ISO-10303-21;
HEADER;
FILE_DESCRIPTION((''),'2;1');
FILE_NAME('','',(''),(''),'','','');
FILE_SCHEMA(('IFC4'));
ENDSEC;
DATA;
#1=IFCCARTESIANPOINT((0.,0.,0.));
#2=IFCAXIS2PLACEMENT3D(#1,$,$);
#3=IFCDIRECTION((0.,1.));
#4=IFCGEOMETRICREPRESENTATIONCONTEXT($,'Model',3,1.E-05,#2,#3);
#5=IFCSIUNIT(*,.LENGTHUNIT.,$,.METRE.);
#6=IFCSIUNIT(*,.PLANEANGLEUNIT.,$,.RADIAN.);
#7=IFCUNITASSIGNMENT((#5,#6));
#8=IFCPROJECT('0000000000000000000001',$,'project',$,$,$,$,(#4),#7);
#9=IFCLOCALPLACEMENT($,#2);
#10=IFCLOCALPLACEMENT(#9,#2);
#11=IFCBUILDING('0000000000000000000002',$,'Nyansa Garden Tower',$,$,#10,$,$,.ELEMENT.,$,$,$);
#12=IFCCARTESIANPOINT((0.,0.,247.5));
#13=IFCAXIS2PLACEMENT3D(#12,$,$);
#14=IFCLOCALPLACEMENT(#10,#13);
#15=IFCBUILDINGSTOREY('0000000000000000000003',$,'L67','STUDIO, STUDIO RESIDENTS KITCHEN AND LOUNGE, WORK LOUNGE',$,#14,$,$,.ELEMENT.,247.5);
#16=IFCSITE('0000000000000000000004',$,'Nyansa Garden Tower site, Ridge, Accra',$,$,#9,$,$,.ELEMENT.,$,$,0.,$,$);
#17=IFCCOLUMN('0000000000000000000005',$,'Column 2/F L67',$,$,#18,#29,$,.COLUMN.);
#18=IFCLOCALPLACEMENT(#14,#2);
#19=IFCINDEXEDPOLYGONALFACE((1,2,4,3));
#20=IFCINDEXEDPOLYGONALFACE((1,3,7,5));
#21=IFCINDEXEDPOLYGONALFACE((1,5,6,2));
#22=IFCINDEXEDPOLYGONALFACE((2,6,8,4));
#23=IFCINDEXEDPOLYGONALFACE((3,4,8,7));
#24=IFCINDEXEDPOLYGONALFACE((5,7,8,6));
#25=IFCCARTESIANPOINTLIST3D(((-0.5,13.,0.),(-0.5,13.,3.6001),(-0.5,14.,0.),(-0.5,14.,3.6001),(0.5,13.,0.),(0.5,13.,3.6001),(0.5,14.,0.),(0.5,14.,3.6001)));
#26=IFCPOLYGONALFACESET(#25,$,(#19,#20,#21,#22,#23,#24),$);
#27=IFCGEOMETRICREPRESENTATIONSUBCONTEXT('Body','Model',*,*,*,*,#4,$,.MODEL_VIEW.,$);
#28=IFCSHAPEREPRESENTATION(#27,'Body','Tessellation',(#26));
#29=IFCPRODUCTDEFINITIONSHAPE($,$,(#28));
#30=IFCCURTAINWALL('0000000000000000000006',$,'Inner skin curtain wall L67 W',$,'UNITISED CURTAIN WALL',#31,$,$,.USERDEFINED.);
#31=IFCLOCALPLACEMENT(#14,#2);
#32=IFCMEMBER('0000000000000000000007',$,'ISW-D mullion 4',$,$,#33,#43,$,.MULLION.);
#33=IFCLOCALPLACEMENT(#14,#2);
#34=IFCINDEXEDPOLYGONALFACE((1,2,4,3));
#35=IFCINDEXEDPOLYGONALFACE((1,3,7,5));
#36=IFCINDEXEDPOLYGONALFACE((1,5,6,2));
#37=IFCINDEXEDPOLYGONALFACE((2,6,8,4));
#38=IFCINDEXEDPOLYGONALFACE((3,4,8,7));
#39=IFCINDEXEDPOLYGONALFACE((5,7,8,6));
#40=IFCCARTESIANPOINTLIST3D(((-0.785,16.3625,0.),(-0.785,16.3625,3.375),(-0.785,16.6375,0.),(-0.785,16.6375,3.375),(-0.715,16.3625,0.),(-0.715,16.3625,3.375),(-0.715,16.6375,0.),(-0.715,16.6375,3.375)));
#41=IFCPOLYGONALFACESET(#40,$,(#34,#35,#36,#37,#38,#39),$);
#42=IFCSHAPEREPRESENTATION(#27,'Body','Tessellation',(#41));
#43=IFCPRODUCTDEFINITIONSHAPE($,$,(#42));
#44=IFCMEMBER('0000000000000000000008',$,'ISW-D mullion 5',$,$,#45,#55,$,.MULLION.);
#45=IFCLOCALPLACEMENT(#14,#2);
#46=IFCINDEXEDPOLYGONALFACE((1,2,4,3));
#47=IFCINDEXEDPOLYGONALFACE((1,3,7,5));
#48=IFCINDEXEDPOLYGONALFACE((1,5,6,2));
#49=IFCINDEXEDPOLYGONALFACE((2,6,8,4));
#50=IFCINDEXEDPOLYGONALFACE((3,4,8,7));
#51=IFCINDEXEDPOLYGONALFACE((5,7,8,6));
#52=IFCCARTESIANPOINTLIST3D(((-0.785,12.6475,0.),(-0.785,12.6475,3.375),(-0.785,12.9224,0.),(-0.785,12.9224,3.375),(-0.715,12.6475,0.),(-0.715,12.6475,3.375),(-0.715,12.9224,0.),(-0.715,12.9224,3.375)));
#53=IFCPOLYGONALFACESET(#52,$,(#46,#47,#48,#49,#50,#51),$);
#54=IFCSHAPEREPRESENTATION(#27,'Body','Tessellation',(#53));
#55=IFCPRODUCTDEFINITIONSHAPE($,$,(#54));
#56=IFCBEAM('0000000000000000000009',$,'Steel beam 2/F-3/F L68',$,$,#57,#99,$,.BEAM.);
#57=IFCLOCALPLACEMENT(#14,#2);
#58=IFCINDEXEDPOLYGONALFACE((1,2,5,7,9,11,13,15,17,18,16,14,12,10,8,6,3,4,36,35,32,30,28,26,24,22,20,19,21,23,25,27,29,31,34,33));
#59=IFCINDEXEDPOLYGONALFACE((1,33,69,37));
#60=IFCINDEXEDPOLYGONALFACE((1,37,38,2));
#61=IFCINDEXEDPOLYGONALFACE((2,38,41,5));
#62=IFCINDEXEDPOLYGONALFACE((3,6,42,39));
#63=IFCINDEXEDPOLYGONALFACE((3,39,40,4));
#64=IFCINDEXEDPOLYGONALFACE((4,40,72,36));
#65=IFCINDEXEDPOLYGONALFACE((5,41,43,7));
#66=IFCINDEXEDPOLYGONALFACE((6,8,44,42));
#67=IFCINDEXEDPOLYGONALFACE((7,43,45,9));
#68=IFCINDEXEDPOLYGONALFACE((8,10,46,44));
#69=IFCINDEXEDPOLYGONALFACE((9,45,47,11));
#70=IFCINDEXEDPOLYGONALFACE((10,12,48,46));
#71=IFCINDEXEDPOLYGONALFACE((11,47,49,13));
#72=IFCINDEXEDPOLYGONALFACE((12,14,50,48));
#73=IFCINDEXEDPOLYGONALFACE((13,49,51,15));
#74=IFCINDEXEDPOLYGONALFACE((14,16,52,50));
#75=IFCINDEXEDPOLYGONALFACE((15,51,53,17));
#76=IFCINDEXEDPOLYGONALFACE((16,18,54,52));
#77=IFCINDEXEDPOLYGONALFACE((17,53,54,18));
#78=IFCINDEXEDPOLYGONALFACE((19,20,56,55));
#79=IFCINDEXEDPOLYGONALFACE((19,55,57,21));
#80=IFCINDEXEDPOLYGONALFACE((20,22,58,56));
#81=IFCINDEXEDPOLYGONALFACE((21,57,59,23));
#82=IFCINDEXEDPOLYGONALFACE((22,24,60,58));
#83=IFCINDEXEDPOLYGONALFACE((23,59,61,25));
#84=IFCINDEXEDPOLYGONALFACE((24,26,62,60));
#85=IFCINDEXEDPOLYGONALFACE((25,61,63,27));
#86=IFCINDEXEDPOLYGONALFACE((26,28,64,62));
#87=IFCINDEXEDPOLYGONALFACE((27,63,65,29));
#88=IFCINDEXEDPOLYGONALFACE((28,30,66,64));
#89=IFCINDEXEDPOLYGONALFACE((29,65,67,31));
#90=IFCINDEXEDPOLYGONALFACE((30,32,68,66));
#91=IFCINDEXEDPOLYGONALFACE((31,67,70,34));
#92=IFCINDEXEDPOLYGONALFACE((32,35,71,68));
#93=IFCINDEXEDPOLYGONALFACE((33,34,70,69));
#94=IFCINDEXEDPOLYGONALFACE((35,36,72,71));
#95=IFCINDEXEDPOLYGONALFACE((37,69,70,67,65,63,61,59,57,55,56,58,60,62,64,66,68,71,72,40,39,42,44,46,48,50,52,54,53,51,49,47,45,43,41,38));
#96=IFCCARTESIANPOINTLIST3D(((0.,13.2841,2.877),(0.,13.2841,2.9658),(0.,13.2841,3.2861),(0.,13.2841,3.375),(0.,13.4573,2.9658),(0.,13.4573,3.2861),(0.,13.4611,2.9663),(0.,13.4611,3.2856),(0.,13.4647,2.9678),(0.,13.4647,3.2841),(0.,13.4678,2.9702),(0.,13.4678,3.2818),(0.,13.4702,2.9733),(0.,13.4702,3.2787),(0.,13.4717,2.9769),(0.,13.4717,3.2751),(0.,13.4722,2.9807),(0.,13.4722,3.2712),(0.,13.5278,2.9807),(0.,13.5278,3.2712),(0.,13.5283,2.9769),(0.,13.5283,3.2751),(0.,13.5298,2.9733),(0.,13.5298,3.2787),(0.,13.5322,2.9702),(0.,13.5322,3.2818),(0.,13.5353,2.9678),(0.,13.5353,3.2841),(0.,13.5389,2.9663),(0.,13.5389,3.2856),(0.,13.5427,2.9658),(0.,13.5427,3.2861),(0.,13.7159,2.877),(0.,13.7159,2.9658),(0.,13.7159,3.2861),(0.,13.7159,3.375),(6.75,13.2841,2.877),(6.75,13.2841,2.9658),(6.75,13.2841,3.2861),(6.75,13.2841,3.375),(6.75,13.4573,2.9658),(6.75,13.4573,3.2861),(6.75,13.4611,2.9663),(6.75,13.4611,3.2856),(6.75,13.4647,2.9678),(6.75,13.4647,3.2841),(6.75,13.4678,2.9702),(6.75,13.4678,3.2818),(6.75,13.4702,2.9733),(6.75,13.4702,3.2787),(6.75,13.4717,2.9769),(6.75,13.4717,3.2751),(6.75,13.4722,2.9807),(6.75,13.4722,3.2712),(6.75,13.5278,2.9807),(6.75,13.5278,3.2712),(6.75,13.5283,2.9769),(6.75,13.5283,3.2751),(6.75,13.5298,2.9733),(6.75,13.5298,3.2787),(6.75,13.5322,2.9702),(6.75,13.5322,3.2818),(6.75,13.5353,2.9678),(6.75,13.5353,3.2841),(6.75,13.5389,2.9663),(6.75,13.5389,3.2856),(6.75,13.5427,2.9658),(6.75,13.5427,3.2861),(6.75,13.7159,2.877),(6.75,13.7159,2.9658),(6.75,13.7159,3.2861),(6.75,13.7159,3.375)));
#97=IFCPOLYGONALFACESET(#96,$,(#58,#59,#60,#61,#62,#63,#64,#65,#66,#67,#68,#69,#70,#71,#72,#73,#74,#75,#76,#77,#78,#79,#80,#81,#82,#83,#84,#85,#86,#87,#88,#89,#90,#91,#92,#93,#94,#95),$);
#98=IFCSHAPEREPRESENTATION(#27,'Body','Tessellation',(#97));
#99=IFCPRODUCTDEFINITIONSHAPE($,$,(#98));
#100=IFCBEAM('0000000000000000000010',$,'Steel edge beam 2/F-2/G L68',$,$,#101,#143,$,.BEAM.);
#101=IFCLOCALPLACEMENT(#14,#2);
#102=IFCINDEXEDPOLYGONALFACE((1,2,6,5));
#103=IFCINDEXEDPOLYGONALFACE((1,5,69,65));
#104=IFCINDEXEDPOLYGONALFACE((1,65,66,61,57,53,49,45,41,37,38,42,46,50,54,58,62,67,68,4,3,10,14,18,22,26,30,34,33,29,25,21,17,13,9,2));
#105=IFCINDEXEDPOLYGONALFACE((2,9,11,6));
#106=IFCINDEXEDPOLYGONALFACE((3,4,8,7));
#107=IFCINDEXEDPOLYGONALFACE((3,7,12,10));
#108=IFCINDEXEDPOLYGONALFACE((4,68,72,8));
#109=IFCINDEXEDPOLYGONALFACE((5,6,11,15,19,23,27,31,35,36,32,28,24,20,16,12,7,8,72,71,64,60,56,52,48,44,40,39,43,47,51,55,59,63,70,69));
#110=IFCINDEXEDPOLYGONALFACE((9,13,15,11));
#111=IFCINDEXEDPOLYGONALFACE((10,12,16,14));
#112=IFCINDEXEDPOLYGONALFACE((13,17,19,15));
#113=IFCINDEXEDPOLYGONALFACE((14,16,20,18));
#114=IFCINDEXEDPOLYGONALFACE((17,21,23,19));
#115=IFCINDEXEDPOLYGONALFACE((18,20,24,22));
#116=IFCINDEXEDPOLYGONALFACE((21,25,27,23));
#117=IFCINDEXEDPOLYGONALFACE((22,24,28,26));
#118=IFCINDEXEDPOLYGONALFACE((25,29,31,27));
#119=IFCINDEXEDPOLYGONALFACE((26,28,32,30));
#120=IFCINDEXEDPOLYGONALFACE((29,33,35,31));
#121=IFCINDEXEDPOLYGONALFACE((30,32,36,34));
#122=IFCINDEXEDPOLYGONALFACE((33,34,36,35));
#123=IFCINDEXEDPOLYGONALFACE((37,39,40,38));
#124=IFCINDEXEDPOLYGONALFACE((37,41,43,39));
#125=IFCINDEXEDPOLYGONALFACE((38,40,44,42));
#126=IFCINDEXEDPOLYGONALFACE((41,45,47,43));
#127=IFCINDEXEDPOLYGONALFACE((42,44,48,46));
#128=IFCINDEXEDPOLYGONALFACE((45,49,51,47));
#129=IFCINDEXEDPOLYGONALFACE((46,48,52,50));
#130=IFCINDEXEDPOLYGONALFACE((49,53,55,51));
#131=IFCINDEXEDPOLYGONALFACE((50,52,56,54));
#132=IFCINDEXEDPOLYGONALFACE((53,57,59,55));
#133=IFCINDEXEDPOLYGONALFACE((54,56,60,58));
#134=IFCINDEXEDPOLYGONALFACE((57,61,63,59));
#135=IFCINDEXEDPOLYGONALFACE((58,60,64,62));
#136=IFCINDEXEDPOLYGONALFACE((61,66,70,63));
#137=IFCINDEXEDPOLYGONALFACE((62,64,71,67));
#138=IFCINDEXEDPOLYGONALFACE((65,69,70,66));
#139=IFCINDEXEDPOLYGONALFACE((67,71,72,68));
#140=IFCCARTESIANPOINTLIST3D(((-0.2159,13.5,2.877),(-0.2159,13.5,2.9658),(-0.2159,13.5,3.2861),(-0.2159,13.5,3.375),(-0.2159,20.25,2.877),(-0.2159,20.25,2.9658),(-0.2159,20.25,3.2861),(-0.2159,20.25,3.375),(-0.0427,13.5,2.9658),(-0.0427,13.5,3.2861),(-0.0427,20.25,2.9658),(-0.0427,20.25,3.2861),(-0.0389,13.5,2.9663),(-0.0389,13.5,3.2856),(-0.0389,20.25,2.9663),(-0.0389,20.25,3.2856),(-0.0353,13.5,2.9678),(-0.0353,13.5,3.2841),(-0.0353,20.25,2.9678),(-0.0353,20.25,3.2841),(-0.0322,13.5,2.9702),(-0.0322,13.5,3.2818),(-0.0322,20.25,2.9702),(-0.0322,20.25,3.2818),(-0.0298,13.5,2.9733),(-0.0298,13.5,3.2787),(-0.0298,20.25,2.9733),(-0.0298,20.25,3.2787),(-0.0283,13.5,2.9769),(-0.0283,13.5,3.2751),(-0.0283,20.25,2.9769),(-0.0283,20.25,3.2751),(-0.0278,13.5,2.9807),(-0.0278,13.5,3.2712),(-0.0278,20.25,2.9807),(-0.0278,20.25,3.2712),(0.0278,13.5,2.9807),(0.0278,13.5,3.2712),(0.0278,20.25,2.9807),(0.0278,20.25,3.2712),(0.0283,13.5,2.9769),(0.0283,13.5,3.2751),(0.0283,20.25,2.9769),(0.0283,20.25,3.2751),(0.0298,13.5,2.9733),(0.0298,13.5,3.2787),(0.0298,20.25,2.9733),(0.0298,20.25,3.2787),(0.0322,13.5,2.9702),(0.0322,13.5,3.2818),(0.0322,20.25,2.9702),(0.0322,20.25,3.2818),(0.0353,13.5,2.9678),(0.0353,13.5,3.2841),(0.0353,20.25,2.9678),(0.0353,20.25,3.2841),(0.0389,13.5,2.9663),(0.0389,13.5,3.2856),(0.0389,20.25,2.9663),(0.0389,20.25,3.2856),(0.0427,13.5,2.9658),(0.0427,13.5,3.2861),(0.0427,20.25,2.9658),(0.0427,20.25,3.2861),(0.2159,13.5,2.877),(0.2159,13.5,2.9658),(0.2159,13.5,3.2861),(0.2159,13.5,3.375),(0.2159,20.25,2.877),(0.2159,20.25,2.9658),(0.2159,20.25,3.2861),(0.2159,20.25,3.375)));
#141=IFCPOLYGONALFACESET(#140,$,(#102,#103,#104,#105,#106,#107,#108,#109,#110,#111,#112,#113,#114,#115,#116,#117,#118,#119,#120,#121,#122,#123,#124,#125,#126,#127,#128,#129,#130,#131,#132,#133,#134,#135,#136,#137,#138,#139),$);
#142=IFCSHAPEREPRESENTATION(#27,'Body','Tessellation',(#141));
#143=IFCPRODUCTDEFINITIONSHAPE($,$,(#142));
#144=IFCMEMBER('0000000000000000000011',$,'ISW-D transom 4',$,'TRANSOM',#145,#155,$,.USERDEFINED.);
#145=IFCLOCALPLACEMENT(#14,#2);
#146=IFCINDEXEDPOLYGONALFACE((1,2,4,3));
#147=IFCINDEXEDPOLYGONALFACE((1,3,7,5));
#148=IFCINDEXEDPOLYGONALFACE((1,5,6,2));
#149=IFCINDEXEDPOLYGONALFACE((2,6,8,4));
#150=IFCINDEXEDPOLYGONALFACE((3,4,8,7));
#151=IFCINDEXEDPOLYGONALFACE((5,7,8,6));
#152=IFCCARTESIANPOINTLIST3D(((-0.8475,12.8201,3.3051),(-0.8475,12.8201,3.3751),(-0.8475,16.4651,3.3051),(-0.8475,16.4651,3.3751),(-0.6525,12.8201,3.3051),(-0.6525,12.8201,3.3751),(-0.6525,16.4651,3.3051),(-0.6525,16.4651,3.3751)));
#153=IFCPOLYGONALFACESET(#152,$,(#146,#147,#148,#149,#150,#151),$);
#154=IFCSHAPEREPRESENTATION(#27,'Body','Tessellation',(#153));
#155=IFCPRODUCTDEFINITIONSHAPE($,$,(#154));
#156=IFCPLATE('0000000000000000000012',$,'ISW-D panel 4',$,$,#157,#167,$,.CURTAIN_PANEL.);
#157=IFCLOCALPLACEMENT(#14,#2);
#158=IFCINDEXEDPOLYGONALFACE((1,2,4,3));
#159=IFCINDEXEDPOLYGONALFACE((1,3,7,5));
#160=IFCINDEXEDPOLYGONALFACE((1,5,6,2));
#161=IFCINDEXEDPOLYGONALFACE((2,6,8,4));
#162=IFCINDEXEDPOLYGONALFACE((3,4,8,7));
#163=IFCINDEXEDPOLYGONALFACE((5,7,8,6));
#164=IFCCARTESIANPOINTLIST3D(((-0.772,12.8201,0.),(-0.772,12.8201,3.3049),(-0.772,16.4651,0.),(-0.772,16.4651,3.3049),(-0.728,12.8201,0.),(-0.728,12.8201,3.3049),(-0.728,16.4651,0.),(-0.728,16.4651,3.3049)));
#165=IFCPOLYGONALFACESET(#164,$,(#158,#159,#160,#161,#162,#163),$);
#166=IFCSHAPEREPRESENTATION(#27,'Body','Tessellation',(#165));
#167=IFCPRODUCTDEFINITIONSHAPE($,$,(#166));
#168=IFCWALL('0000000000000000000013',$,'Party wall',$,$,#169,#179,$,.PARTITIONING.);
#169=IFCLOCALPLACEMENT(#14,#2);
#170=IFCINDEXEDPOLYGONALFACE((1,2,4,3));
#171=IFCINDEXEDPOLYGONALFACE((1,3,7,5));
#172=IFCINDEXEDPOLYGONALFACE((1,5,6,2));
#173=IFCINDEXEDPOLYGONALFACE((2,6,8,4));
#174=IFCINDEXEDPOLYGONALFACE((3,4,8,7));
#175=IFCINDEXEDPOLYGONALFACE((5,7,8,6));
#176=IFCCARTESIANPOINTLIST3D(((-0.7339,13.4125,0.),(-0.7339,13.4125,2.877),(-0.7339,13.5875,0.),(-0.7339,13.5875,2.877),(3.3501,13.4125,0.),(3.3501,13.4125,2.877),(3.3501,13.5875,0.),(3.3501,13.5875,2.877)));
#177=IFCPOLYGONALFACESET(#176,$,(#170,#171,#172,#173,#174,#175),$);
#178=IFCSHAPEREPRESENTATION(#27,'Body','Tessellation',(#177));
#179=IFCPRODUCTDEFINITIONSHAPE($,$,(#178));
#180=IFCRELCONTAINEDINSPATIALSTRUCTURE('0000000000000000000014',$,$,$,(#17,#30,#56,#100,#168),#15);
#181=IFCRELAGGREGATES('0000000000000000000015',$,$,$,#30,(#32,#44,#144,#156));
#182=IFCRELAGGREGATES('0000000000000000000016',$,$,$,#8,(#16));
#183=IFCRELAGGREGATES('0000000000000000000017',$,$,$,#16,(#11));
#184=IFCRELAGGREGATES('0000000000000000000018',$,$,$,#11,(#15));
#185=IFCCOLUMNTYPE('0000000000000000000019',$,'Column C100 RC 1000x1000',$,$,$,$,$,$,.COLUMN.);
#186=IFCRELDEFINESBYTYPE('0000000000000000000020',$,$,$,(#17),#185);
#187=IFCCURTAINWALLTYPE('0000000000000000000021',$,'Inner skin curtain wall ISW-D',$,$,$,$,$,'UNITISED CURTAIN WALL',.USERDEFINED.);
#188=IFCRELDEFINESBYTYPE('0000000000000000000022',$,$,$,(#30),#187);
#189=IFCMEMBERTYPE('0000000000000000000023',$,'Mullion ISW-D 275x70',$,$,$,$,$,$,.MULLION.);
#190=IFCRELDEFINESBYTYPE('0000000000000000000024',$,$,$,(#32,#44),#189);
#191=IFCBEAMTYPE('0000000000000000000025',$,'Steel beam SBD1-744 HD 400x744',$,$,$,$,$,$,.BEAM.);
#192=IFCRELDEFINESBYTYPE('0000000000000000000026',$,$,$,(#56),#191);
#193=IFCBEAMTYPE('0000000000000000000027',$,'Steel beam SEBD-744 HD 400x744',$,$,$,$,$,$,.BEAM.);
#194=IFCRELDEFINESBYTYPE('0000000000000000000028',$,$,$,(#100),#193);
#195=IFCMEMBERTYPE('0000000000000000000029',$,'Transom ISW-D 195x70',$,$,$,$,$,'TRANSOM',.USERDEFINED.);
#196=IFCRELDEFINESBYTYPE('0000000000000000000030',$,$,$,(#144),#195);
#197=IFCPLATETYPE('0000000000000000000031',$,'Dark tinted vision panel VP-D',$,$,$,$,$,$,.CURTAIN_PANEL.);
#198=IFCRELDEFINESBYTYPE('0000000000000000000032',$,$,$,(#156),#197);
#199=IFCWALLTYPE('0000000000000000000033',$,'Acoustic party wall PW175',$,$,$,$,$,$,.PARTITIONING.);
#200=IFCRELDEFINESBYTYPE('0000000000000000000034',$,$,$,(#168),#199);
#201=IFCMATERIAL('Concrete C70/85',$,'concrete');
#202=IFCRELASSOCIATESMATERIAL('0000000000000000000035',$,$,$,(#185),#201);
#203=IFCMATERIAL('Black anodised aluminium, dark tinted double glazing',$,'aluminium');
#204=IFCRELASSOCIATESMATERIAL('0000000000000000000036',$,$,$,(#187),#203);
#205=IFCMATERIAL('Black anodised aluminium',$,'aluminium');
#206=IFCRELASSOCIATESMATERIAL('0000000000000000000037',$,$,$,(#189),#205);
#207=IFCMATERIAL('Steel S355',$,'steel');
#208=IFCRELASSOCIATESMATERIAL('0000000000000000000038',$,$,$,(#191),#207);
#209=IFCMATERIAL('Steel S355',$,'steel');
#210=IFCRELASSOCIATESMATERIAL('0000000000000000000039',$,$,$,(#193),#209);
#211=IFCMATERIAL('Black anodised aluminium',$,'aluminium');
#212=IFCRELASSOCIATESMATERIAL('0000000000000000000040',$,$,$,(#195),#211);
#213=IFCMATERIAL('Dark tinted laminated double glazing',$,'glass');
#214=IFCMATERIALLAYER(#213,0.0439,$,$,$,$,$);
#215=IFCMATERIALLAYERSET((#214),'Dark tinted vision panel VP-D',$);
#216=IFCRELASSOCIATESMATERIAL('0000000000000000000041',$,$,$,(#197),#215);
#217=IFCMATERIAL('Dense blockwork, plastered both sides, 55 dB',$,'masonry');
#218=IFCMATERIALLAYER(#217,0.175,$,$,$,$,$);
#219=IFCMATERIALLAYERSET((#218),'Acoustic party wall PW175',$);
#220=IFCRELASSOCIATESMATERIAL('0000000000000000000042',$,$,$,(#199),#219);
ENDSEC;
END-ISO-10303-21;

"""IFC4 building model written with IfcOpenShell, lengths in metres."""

from ifc_helpers import new_model, si_unit, direction, frame, frame_2d, origin, origin_2d, place, context, subcontext, project, spatial, rectangle, i_section, extrude, material, layer, layer_set, material_profile, profile_set, type_object, element, aggregate, save


model = new_model("IFC4")

# Units and contexts
model_context = context("Model", 3, precision=1e-05, world=origin(), true_north=direction((0.0, 1.0)))
body_context = subcontext(model_context, "Body", "Model", "MODEL_VIEW")
ifc_project = project(units=[si_unit("LENGTHUNIT", "METRE"), si_unit("PLANEANGLEUNIT", "RADIAN")], contexts=[model_context])

# Site, building, storey
site_placement = place(None, origin())
site = spatial("IfcSite", under=ifc_project, at=site_placement, Name="Nyansa Garden Tower site, Ridge, Accra", CompositionType="ELEMENT", RefElevation=0.0)
building_placement = place(site_placement, origin())
building = spatial("IfcBuilding", under=site, at=building_placement, Name="Nyansa Garden Tower", CompositionType="ELEMENT")
storey_placement = place(building_placement, frame((0.0, 0.0, 247.5)))
storey = spatial("IfcBuildingStorey", under=building, at=storey_placement, Name="L67", Description="STUDIO, STUDIO RESIDENTS KITCHEN AND LOUNGE, WORK LOUNGE", CompositionType="ELEMENT", Elevation=247.5)

# Column
ifc_material_1 = material(Name="Concrete C70/85", Category="concrete")
ifc_material_profile_1 = material_profile(ifc_material_1, rectangle(XDim=1.0, YDim=1.0, at=origin_2d()), Name="RC 1000x1000")
ifc_profile_set_1 = profile_set([ifc_material_profile_1], Name="Concrete C70/85")
column_type = type_object("IfcColumnType", Name="Column C100 RC 1000x1000", PredefinedType="COLUMN", material=ifc_profile_set_1)
column_placement = place(storey_placement, frame((0.0, 13.5, 0.0), z_axis=(0.0, 0.0, 1.0), x_axis=(1.0, 0.0, 0.0)))
element("IfcColumn", 1, at=column_placement, inside=storey, type_object=column_type, Name="Column 2/F L67", PredefinedType="COLUMN", context=body_context, shape_type="SweptSolid", body=[
    extrude(rectangle(XDim=1.0, YDim=1.0, at=origin_2d()), origin(), (0.0, 0.0, 1.0), 3.6001),
])

# Curtain wall, members
ifc_material_2 = material(Name="Black anodised aluminium, dark tinted double glazing", Category="aluminium")
curtain_wall_type = type_object("IfcCurtainWallType", Name="Inner skin curtain wall ISW-D", ElementType="UNITISED CURTAIN WALL", PredefinedType="USERDEFINED", material=ifc_material_2)
curtain_wall_placement = place(storey_placement, origin())
curtain_wall = element("IfcCurtainWall", 2, at=curtain_wall_placement, inside=storey, type_object=curtain_wall_type, Name="Inner skin curtain wall L67 W", ObjectType="UNITISED CURTAIN WALL", PredefinedType="USERDEFINED")
ifc_material_3 = material(Name="Black anodised aluminium", Category="aluminium")
ifc_material_profile_2 = material_profile(ifc_material_3, rectangle(XDim=0.0701, YDim=0.2749, at=origin_2d()), Name="Mullion 275x70")
ifc_profile_set_2 = profile_set([ifc_material_profile_2], Name="Black anodised aluminium")
member_type_1 = type_object("IfcMemberType", Name="Mullion ISW-D 275x70", PredefinedType="MULLION", material=ifc_profile_set_2)
member_1_placement = place(storey_placement, frame((-0.75, 16.5, 0.0), z_axis=(0.0, 0.0, 1.0), x_axis=(1.0, 0.0, 0.0)))
member_1 = element("IfcMember", 3, at=member_1_placement, type_object=member_type_1, Name="ISW-D mullion 4", PredefinedType="MULLION", context=body_context, shape_type="SweptSolid", body=[
    extrude(rectangle(XDim=0.0701, YDim=0.2749, at=origin_2d()), origin(), (0.0, 0.0, 1.0), 3.375),
])
member_2_placement = place(storey_placement, frame((-0.75, 12.7849, 0.0), z_axis=(0.0, 0.0, 1.0), x_axis=(1.0, 0.0, 0.0)))
member_2 = element("IfcMember", 4, at=member_2_placement, type_object=member_type_1, Name="ISW-D mullion 5", PredefinedType="MULLION", context=body_context, shape_type="SweptSolid", body=[
    extrude(rectangle(XDim=0.0701, YDim=0.2749, at=origin_2d()), origin(), (0.0, 0.0, 1.0), 3.375),
])

# Beams
ifc_material_4 = material(Name="Steel S355", Category="steel")
ifc_material_profile_3 = material_profile(ifc_material_4, i_section(OverallWidth=0.4319, OverallDepth=0.498, WebThickness=0.0557, FlangeThickness=0.0889, FilletRadius=0.0149, at=origin_2d()), Name="HD 400x744")
ifc_profile_set_3 = profile_set([ifc_material_profile_3], Name="Steel S355")
beam_type_1 = type_object("IfcBeamType", Name="Steel beam SBD1-744 HD 400x744", PredefinedType="BEAM", material=ifc_profile_set_3)
beam_1_placement = place(storey_placement, frame((0.0, 13.5, 3.126), z_axis=(1.0, 0.0, 0.0), x_axis=(0.0, 1.0, 0.0)))
element("IfcBeam", 5, at=beam_1_placement, inside=storey, type_object=beam_type_1, Name="Steel beam 2/F-3/F L68", PredefinedType="BEAM", context=body_context, shape_type="SweptSolid", body=[
    extrude(i_section(OverallWidth=0.4319, OverallDepth=0.498, WebThickness=0.0557, FlangeThickness=0.0889, FilletRadius=0.0149, at=origin_2d()), origin(), (0.0, 0.0, 1.0), 6.75),
])
ifc_material_5 = material(Name="Steel S355", Category="steel")
ifc_material_profile_4 = material_profile(ifc_material_5, i_section(OverallWidth=0.4319, OverallDepth=0.498, WebThickness=0.0557, FlangeThickness=0.0889, FilletRadius=0.0149, at=origin_2d()), Name="HD 400x744")
ifc_profile_set_4 = profile_set([ifc_material_profile_4], Name="Steel S355")
beam_type_2 = type_object("IfcBeamType", Name="Steel beam SEBD-744 HD 400x744", PredefinedType="BEAM", material=ifc_profile_set_4)
beam_2_placement = place(storey_placement, frame((0.0, 13.5, 3.126), z_axis=(0.0, 1.0, 0.0), x_axis=(-1.0, 0.0, 0.0)))
element("IfcBeam", 6, at=beam_2_placement, inside=storey, type_object=beam_type_2, Name="Steel edge beam 2/F-2/G L68", PredefinedType="BEAM", context=body_context, shape_type="SweptSolid", body=[
    extrude(i_section(OverallWidth=0.4319, OverallDepth=0.498, WebThickness=0.0557, FlangeThickness=0.0889, FilletRadius=0.0149, at=origin_2d()), origin(), (0.0, 0.0, 1.0), 6.75),
])

# Member
ifc_material_6 = material(Name="Black anodised aluminium", Category="aluminium")
ifc_material_profile_5 = material_profile(ifc_material_6, rectangle(XDim=0.1951, YDim=0.0701, at=origin_2d()), Name="Transom 195x70")
ifc_profile_set_5 = profile_set([ifc_material_profile_5], Name="Black anodised aluminium")
member_type_2 = type_object("IfcMemberType", Name="Transom ISW-D 195x70", ElementType="TRANSOM", PredefinedType="USERDEFINED", material=ifc_profile_set_5)
member_3_placement = place(storey_placement, frame((-0.75, 16.4651, 3.3401), z_axis=(0.0, -1.0, 0.0), x_axis=(1.0, 0.0, 0.0)))
member_3 = element("IfcMember", 7, at=member_3_placement, type_object=member_type_2, Name="ISW-D transom 4", ObjectType="TRANSOM", PredefinedType="USERDEFINED", context=body_context, shape_type="SweptSolid", body=[
    extrude(rectangle(XDim=0.1951, YDim=0.0701, at=origin_2d()), origin(), (0.0, 0.0, 1.0), 3.645),
])

# Plate
ifc_material_7 = material(Name="Dark tinted laminated double glazing", Category="glass")
ifc_layer_1 = layer(ifc_material_7, 0.0439)
ifc_layer_set_1 = layer_set([ifc_layer_1], Name="Dark tinted vision panel VP-D")
plate_type = type_object("IfcPlateType", Name="Dark tinted vision panel VP-D", PredefinedType="CURTAIN_PANEL", material=ifc_layer_set_1)
plate_placement = place(storey_placement, frame((-0.75, 14.6426, 0.0), z_axis=(0.0, 0.0, 1.0), x_axis=(0.0, -1.0, 0.0)))
plate = element("IfcPlate", 8, at=plate_placement, type_object=plate_type, Name="ISW-D panel 4", PredefinedType="CURTAIN_PANEL", context=body_context, shape_type="SweptSolid", body=[
    extrude(rectangle(XDim=3.645, YDim=0.0439, at=origin_2d()), origin(), (0.0, 0.0, 1.0), 3.3049),
])
aggregate(curtain_wall, [member_1, member_2, member_3, plate])

# Wall
ifc_material_8 = material(Name="Dense blockwork, plastered both sides, 55 dB", Category="masonry")
ifc_layer_2 = layer(ifc_material_8, 0.175)
ifc_layer_set_2 = layer_set([ifc_layer_2], Name="Acoustic party wall PW175")
wall_type_1 = type_object("IfcWallType", Name="Acoustic party wall PW175", PredefinedType="PARTITIONING", material=ifc_layer_set_2)
wall_1_placement = place(storey_placement, frame((-0.7339, 13.5, 0.0), z_axis=(0.0, 0.0, 1.0), x_axis=(1.0, 0.0, 0.0)))
element("IfcWall", 9, at=wall_1_placement, inside=storey, type_object=wall_type_1, Name="Party wall", PredefinedType="PARTITIONING", context=body_context, shape_type="SweptSolid", body=[
    extrude(rectangle(XDim=4.084, YDim=0.175, at=frame_2d((2.042, 0.0))), origin(), (0.0, 0.0, 1.0), 2.877),
])

save(model, "model.ifc")
